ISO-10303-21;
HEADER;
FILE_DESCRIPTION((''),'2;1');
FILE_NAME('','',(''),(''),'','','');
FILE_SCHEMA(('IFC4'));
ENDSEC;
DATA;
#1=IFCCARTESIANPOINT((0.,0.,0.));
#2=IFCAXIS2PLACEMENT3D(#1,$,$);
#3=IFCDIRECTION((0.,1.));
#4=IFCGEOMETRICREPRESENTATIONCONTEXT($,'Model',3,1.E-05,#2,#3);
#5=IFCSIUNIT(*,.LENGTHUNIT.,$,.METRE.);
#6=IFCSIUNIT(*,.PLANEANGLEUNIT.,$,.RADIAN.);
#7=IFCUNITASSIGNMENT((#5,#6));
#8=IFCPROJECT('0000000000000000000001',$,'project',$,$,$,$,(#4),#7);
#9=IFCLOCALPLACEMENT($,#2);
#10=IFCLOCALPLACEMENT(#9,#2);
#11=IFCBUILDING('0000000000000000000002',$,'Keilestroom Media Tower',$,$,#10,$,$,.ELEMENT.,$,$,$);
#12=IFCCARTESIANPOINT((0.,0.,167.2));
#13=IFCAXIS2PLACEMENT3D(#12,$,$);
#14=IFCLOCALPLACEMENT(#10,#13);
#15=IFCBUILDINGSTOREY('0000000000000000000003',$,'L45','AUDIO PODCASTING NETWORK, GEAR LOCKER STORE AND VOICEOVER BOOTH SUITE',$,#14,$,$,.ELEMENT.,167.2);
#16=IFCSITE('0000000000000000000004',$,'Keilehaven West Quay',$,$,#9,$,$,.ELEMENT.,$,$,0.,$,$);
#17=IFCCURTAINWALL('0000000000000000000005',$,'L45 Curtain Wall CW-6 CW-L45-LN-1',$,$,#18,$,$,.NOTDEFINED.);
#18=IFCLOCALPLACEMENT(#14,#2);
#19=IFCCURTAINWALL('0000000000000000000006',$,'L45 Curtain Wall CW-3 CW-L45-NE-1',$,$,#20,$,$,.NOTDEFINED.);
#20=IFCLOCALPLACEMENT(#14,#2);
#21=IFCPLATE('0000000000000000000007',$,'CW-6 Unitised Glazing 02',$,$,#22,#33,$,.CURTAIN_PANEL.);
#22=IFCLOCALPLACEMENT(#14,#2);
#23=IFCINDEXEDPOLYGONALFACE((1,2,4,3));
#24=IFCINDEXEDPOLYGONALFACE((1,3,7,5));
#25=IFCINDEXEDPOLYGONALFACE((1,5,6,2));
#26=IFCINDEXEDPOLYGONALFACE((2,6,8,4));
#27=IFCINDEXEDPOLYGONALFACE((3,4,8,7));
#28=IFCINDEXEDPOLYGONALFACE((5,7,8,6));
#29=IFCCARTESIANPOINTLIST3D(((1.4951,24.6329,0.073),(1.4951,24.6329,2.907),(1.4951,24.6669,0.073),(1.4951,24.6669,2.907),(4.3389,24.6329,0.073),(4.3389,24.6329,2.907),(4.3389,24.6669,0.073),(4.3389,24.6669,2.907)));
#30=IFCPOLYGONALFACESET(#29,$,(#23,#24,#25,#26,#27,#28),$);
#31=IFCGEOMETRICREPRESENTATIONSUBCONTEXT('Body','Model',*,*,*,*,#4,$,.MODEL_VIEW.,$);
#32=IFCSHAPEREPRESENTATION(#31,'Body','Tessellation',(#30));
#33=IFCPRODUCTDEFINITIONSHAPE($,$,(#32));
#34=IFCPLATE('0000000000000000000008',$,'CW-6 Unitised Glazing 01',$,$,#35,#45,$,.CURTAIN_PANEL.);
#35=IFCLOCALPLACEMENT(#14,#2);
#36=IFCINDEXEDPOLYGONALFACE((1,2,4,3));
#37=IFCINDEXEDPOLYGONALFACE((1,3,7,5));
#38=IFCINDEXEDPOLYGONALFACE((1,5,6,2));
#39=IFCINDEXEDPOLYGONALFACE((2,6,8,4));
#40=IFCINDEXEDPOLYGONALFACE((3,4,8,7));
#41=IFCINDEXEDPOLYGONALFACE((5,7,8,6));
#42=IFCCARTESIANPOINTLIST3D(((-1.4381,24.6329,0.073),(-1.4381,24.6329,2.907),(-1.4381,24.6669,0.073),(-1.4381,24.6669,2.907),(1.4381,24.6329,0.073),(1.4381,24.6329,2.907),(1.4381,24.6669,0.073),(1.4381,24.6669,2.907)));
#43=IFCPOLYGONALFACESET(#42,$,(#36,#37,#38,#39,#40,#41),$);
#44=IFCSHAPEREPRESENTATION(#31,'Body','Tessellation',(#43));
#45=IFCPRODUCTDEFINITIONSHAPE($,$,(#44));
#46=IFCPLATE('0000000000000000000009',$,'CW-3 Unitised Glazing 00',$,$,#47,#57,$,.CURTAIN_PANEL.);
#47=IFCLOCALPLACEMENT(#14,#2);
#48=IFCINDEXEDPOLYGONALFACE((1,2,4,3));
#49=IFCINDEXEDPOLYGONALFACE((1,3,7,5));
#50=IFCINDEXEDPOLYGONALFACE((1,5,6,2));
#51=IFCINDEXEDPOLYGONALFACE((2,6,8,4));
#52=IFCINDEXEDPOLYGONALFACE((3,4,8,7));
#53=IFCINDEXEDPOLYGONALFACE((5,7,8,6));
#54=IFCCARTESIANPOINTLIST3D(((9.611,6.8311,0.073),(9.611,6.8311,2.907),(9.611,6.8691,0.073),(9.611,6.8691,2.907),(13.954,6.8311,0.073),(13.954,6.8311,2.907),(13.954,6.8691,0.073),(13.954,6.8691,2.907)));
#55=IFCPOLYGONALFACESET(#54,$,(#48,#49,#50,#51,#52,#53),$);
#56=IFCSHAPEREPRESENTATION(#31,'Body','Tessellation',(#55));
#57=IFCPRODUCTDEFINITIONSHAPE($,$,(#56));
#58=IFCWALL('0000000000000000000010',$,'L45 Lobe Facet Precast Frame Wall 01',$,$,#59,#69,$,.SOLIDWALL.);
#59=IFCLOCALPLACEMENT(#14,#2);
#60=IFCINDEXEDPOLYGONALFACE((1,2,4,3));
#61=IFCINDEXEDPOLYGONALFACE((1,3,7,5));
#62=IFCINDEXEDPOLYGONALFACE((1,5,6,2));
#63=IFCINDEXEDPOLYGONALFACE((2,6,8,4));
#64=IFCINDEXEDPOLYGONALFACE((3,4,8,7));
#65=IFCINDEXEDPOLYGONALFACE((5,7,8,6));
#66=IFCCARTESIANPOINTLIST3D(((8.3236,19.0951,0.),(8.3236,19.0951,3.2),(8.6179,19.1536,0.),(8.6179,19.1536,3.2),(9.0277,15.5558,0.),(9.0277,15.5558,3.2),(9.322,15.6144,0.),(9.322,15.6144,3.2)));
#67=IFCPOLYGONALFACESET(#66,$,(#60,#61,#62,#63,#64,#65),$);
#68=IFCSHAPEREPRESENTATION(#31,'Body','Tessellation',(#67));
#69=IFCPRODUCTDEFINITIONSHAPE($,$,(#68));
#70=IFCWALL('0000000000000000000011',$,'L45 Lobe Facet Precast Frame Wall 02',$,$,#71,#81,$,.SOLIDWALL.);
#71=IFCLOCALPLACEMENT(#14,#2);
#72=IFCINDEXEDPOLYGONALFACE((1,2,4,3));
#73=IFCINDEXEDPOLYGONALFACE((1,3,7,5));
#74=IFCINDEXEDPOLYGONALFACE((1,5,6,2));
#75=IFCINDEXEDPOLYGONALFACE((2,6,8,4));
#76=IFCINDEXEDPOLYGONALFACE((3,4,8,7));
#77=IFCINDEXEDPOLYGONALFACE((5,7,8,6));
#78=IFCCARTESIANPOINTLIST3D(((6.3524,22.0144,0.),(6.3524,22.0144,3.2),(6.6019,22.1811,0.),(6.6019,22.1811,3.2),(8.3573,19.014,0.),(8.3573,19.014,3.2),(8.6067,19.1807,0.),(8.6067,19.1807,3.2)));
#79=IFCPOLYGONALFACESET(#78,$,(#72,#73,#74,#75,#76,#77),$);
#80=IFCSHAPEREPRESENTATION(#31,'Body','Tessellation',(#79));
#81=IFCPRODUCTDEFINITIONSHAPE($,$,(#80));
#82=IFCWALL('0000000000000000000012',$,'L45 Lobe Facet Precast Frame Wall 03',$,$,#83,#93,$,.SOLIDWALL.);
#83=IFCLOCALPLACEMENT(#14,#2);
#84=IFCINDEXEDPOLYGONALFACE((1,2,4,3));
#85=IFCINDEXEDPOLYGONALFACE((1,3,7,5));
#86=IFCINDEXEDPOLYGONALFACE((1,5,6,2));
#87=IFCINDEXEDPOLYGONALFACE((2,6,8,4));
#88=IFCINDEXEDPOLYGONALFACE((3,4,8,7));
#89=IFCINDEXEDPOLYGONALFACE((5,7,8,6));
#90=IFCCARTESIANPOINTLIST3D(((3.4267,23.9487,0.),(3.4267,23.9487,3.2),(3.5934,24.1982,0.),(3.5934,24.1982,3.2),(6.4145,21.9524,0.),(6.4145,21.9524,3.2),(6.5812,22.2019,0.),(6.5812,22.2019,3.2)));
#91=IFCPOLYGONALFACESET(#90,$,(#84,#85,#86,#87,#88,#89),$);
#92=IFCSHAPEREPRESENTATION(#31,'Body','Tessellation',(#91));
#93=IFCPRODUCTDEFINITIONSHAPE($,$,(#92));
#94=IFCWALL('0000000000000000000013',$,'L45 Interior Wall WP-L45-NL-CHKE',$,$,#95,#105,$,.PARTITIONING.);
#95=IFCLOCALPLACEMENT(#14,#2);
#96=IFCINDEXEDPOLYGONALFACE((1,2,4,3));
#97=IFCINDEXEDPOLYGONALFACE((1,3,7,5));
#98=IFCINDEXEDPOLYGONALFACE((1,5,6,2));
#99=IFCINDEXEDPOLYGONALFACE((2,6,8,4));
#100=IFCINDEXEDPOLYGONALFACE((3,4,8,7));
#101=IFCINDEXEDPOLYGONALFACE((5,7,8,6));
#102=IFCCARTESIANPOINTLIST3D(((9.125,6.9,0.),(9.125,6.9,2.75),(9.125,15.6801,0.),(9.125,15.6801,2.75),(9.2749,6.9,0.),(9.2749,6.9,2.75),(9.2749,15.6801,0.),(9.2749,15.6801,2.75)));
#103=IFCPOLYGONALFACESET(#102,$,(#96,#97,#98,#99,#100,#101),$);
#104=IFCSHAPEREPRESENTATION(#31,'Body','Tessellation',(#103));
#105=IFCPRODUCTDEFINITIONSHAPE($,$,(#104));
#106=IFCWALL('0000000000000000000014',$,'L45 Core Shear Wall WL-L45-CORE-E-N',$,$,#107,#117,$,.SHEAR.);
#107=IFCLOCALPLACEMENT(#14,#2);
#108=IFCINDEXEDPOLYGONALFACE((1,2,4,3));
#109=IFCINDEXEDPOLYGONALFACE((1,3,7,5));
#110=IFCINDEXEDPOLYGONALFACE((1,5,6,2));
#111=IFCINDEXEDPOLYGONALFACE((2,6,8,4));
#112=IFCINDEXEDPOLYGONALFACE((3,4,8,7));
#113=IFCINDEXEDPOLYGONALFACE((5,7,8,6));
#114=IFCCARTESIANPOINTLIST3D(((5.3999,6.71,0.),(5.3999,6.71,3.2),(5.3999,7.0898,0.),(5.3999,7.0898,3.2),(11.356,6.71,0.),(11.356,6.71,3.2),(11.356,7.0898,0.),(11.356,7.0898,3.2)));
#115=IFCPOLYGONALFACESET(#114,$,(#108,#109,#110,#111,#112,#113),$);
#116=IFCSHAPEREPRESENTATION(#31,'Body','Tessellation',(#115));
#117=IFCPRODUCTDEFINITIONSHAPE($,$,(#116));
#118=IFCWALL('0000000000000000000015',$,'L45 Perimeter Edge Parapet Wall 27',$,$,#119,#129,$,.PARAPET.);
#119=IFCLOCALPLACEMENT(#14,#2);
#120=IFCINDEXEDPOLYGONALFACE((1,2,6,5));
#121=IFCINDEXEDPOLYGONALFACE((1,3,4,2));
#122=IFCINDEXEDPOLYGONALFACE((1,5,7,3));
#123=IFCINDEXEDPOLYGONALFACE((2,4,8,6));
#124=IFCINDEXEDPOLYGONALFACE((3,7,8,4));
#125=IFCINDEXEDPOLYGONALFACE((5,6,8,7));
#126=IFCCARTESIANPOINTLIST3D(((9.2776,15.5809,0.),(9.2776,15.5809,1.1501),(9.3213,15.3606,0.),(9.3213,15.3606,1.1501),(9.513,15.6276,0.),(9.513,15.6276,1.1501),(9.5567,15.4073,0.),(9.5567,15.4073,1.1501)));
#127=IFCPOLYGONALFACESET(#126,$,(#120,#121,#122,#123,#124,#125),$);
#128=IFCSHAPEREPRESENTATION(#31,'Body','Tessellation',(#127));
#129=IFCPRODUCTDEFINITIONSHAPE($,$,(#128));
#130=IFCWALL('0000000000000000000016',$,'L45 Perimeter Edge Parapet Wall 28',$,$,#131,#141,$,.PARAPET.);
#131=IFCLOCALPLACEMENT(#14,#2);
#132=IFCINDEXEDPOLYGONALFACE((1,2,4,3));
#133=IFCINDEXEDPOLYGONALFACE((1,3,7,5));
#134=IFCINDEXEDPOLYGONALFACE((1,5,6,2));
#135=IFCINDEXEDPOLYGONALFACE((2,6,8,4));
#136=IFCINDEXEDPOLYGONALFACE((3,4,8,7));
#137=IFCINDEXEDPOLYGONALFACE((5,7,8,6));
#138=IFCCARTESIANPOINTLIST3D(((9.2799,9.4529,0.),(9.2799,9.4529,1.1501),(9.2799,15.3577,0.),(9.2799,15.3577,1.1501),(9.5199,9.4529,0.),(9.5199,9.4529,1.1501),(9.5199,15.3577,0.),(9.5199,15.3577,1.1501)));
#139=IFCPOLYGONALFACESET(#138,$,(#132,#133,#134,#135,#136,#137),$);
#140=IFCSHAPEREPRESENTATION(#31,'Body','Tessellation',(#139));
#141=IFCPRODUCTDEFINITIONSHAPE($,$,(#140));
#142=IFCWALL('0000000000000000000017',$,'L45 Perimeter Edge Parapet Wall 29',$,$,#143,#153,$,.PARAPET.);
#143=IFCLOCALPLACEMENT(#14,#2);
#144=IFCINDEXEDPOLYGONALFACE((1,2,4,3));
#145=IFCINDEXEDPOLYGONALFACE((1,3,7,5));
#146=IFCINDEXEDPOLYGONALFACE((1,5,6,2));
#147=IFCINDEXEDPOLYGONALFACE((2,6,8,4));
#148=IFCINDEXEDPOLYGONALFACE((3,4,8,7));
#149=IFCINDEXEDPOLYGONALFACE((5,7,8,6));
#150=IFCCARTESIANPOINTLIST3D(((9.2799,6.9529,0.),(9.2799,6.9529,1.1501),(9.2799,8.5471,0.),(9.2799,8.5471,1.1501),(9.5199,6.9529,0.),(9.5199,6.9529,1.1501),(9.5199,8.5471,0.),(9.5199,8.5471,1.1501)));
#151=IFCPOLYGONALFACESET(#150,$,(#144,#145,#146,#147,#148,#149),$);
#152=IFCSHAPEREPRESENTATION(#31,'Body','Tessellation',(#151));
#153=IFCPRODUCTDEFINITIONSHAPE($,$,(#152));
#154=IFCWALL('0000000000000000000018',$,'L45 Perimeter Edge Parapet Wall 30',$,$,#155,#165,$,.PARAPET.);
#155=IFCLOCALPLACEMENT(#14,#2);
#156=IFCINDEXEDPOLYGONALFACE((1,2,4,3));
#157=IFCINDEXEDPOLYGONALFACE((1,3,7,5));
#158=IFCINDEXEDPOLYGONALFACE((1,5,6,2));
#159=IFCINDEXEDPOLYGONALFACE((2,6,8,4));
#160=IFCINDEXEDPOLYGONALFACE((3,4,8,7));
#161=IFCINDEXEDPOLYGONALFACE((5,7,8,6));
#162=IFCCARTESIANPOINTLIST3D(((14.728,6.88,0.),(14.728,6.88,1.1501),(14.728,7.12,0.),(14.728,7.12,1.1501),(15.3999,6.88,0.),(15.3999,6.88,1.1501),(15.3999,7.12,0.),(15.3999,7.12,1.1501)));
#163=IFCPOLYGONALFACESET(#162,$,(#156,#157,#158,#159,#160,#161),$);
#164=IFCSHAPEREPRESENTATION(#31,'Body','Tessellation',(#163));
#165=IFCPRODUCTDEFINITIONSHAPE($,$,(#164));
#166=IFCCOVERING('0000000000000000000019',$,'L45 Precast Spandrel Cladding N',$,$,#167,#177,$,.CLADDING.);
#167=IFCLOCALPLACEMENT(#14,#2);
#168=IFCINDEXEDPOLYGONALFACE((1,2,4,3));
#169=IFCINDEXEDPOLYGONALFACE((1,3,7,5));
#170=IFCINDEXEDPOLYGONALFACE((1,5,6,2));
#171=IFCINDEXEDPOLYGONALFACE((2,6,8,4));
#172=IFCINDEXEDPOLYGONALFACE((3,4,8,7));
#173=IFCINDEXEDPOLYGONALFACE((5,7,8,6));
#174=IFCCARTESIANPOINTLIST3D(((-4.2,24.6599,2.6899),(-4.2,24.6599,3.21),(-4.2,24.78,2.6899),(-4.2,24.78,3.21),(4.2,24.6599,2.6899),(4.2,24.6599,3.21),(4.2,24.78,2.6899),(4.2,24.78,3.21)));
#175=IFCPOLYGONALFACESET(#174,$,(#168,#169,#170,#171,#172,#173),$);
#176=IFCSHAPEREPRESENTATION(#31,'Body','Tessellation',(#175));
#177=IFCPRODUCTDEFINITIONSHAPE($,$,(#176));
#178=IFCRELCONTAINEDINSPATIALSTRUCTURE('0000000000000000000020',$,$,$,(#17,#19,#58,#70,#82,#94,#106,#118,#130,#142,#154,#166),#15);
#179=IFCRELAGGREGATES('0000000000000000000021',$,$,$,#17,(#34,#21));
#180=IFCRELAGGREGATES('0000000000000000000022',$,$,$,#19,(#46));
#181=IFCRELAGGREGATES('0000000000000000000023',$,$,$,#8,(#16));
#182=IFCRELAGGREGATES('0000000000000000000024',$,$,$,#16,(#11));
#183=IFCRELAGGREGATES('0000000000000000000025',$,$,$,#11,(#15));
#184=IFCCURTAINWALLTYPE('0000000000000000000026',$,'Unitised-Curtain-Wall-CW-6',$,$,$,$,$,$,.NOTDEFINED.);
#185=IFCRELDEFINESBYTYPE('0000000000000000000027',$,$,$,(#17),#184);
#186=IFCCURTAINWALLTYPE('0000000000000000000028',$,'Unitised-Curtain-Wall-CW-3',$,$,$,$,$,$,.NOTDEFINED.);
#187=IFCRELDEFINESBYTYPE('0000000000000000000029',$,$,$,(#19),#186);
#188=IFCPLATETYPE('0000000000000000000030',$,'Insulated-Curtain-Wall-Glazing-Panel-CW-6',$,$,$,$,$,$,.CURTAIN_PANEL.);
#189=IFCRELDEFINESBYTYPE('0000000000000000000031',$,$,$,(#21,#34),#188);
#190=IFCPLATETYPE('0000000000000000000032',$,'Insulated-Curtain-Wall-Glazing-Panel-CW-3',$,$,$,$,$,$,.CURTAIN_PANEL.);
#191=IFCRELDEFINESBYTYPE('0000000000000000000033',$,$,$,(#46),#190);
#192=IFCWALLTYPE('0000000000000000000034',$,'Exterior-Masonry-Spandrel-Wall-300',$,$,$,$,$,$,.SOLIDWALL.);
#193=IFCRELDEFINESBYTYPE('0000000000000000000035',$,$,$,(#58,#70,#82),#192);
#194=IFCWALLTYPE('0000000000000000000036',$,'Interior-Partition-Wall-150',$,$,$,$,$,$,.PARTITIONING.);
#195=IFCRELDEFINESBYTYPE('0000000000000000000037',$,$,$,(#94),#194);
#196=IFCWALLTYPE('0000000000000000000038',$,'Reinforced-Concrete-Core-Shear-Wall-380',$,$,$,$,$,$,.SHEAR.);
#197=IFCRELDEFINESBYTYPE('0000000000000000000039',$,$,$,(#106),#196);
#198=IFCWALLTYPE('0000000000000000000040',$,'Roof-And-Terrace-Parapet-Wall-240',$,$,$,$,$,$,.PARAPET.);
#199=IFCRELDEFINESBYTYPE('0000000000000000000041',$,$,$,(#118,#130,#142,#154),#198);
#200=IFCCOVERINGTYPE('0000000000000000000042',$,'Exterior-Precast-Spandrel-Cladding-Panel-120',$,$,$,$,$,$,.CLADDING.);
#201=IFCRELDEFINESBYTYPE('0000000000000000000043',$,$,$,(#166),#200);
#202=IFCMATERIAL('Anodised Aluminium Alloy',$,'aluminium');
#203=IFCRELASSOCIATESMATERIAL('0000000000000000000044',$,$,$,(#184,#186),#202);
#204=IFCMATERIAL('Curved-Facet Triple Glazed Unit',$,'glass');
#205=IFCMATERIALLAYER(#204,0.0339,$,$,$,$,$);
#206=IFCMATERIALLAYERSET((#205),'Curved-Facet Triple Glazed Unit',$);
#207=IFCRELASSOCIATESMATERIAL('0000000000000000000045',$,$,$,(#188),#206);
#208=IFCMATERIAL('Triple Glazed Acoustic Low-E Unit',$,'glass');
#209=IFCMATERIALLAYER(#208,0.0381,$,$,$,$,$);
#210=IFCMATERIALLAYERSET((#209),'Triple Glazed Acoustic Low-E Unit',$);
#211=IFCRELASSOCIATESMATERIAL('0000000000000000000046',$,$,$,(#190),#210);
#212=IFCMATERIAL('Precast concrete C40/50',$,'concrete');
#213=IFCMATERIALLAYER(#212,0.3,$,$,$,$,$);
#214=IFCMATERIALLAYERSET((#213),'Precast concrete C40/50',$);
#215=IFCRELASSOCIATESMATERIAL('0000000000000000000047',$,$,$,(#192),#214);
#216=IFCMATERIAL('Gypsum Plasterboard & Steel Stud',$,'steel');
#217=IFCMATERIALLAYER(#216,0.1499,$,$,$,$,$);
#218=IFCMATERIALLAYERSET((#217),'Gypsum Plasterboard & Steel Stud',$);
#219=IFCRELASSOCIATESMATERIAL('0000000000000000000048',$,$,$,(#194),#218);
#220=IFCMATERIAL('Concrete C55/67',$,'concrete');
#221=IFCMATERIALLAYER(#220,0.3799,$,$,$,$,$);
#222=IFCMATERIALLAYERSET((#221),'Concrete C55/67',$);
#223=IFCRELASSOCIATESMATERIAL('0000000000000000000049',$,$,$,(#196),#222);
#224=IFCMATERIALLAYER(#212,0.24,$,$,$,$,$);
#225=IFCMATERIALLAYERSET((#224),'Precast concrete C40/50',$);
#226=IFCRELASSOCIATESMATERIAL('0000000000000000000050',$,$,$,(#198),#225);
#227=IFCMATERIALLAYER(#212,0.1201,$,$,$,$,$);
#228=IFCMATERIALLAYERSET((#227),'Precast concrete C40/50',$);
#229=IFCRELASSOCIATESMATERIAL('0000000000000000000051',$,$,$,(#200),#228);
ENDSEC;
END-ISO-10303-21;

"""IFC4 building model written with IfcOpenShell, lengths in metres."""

from ifc_helpers import new_model, si_unit, direction, frame, frame_2d, origin, origin_2d, place, context, subcontext, project, spatial, rectangle, extrude, source, transform, mapped, material, layer, layer_set, type_object, element, aggregate, save


model = new_model("IFC4")

# Units and contexts
model_context = context("Model", 3, precision=1e-05, world=origin(), true_north=direction((0.0, 1.0)))
body_context = subcontext(model_context, "Body", "Model", "MODEL_VIEW")
ifc_project = project(units=[si_unit("LENGTHUNIT", "METRE"), si_unit("PLANEANGLEUNIT", "RADIAN")], contexts=[model_context])

# Site, building, storey
site_placement = place(None, origin())
site = spatial("IfcSite", under=ifc_project, at=site_placement, Name="Keilehaven West Quay", CompositionType="ELEMENT", RefElevation=0.0)
building_placement = place(site_placement, origin())
building = spatial("IfcBuilding", under=site, at=building_placement, Name="Keilestroom Media Tower", CompositionType="ELEMENT")
storey_placement = place(building_placement, frame((0.0, 0.0, 167.2)))
storey = spatial("IfcBuildingStorey", under=building, at=storey_placement, Name="L45", Description="AUDIO PODCASTING NETWORK, GEAR LOCKER STORE AND VOICEOVER BOOTH SUITE", CompositionType="ELEMENT", Elevation=167.2)

# Shared definitions
ifc_material_1 = material(Name="Precast concrete C40/50", Category="concrete")
ifc_material_2 = material(Name="Concrete C55/67", Category="concrete")

# Curtain walls
ifc_material_3 = material(Name="Anodised Aluminium Alloy", Category="aluminium")
curtain_wall_type_1 = type_object("IfcCurtainWallType", Name="Unitised-Curtain-Wall-CW-6", PredefinedType="NOTDEFINED", material=ifc_material_3)
curtain_wall_1_placement = place(storey_placement, origin())
curtain_wall_1 = element("IfcCurtainWall", 1, at=curtain_wall_1_placement, inside=storey, type_object=curtain_wall_type_1, Name="L45 Curtain Wall CW-6 CW-L45-LN-1", PredefinedType="NOTDEFINED")
curtain_wall_type_2 = type_object("IfcCurtainWallType", Name="Unitised-Curtain-Wall-CW-3", PredefinedType="NOTDEFINED", material=ifc_material_3)
curtain_wall_2_placement = place(storey_placement, origin())
curtain_wall_2 = element("IfcCurtainWall", 2, at=curtain_wall_2_placement, inside=storey, type_object=curtain_wall_type_2, Name="L45 Curtain Wall CW-3 CW-L45-NE-1", PredefinedType="NOTDEFINED")

# Plates
ifc_material_4 = material(Name="Curved-Facet Triple Glazed Unit", Category="glass")
ifc_layer_1 = layer(ifc_material_4, 0.0339)
ifc_layer_set_1 = layer_set([ifc_layer_1], Name="Curved-Facet Triple Glazed Unit")
plate_type_1 = type_object("IfcPlateType", Name="Insulated-Curtain-Wall-Glazing-Panel-CW-6", PredefinedType="CURTAIN_PANEL", material=ifc_layer_set_1)
shared_shape_1 = source(origin(), body_context, "Body", "SweptSolid", [
    extrude(rectangle(XDim=2.8438, YDim=0.0339, at=origin_2d()), origin(), (0.0, 0.0, 1.0), 2.834),
])
plate_1_placement = place(storey_placement, frame((2.917, 24.6499, 0.073), z_axis=(0.0, 0.0, 1.0), x_axis=(1.0, 0.0, 0.0)))
plate_1 = element("IfcPlate", 3, at=plate_1_placement, type_object=plate_type_1, Name="CW-6 Unitised Glazing 02", PredefinedType="CURTAIN_PANEL", context=body_context, shape_type="MappedRepresentation", body=[
    mapped(shared_shape_1, transform((0.0, 0.0, 0.0), x_axis=(1.0, 0.0, 0.0), y_axis=(0.0, 1.0, 0.0), z_axis=(0.0, 0.0, 1.0), scale=1.0)),
])
shared_shape_2 = source(origin(), body_context, "Body", "SweptSolid", [
    extrude(rectangle(XDim=2.8762, YDim=0.0339, at=origin_2d()), origin(), (0.0, 0.0, 1.0), 2.834),
])
plate_2_placement = place(storey_placement, frame((0.0, 24.6499, 0.073), z_axis=(0.0, 0.0, 1.0), x_axis=(1.0, 0.0, 0.0)))
plate_2 = element("IfcPlate", 4, at=plate_2_placement, type_object=plate_type_1, Name="CW-6 Unitised Glazing 01", PredefinedType="CURTAIN_PANEL", context=body_context, shape_type="MappedRepresentation", body=[
    mapped(shared_shape_2, transform((0.0, 0.0, 0.0), x_axis=(1.0, 0.0, 0.0), y_axis=(0.0, 1.0, 0.0), z_axis=(0.0, 0.0, 1.0), scale=1.0)),
])
aggregate(curtain_wall_1, [plate_2, plate_1])
ifc_material_5 = material(Name="Triple Glazed Acoustic Low-E Unit", Category="glass")
ifc_layer_2 = layer(ifc_material_5, 0.0381)
ifc_layer_set_2 = layer_set([ifc_layer_2], Name="Triple Glazed Acoustic Low-E Unit")
plate_type_2 = type_object("IfcPlateType", Name="Insulated-Curtain-Wall-Glazing-Panel-CW-3", PredefinedType="CURTAIN_PANEL", material=ifc_layer_set_2)
shared_shape_3 = source(origin(), body_context, "Body", "SweptSolid", [
    extrude(rectangle(XDim=4.343, YDim=0.0381, at=origin_2d()), origin(), (0.0, 0.0, 1.0), 2.834),
])
plate_3_placement = place(storey_placement, frame((11.7825, 6.8501, 0.073), z_axis=(0.0, 0.0, 1.0), x_axis=(1.0, 0.0, 0.0)))
plate_3 = element("IfcPlate", 5, at=plate_3_placement, type_object=plate_type_2, Name="CW-3 Unitised Glazing 00", PredefinedType="CURTAIN_PANEL", context=body_context, shape_type="MappedRepresentation", body=[
    mapped(shared_shape_3, transform((0.0, 0.0, 0.0), x_axis=(1.0, 0.0, 0.0), y_axis=(0.0, 1.0, 0.0), z_axis=(0.0, 0.0, 1.0), scale=1.0)),
])
aggregate(curtain_wall_2, [plate_3])

# Walls
ifc_layer_3 = layer(ifc_material_1, 0.3)
ifc_layer_set_3 = layer_set([ifc_layer_3], Name="Precast concrete C40/50")
wall_type_1 = type_object("IfcWallType", Name="Exterior-Masonry-Spandrel-Wall-300", PredefinedType="SOLIDWALL", material=ifc_layer_set_3)
for number, where, z_axis, x_axis, name in (
    (6, (9.1748, 15.5852, 0.0), (0.0, 0.0, 1.0), (-0.195114, 0.980781, 0.0), "L45 Lobe Facet Precast Frame Wall 01"),
    (7, (8.4819, 19.0974, 0.0), (0.0, 0.0, 1.0), (-0.555574, 0.831467, 0.0), "L45 Lobe Facet Precast Frame Wall 02"),
):
    element("IfcWall", number, at=place(storey_placement, frame(where, z_axis=z_axis, x_axis=x_axis)), inside=storey, type_object=wall_type_1, Name=name, PredefinedType="SOLIDWALL", context=body_context, shape_type="SweptSolid", body=[
        extrude(rectangle(XDim=3.6086, YDim=0.3, at=frame_2d((1.8042, 0.0))), origin(), (0.0, 0.0, 1.0), 3.2),
    ])
wall_1_placement = place(storey_placement, frame((6.4978, 22.0771, 0.0), z_axis=(0.0, 0.0, 1.0), x_axis=(-0.831475, 0.555562, 0.0)))
element("IfcWall", 8, at=wall_1_placement, inside=storey, type_object=wall_type_1, Name="L45 Lobe Facet Precast Frame Wall 03", PredefinedType="SOLIDWALL", context=body_context, shape_type="SweptSolid", body=[
    extrude(rectangle(XDim=3.5933, YDim=0.3, at=frame_2d((1.7966, 0.0))), origin(), (0.0, 0.0, 1.0), 3.2),
])
ifc_material_6 = material(Name="Gypsum Plasterboard & Steel Stud", Category="steel")
ifc_layer_4 = layer(ifc_material_6, 0.1499)
ifc_layer_set_4 = layer_set([ifc_layer_4], Name="Gypsum Plasterboard & Steel Stud")
wall_type_2 = type_object("IfcWallType", Name="Interior-Partition-Wall-150", PredefinedType="PARTITIONING", material=ifc_layer_set_4)
wall_2_placement = place(storey_placement, frame((9.2, 6.8999, 0.0), z_axis=(0.0, 0.0, 1.0), x_axis=(0.0, 1.0, 0.0)))
element("IfcWall", 9, at=wall_2_placement, inside=storey, type_object=wall_type_2, Name="L45 Interior Wall WP-L45-NL-CHKE", PredefinedType="PARTITIONING", context=body_context, shape_type="SweptSolid", body=[
    extrude(rectangle(XDim=8.78, YDim=0.1499, at=frame_2d((4.3901, 0.0))), origin(), (0.0, 0.0, 1.0), 2.75),
])
ifc_layer_5 = layer(ifc_material_2, 0.3799)
ifc_layer_set_5 = layer_set([ifc_layer_5], Name="Concrete C55/67")
wall_type_3 = type_object("IfcWallType", Name="Reinforced-Concrete-Core-Shear-Wall-380", PredefinedType="SHEAR", material=ifc_layer_set_5)
wall_3_placement = place(storey_placement, frame((5.3999, 6.8999, 0.0), z_axis=(0.0, 0.0, 1.0), x_axis=(1.0, 0.0, 0.0)))
element("IfcWall", 10, at=wall_3_placement, inside=storey, type_object=wall_type_3, Name="L45 Core Shear Wall WL-L45-CORE-E-N", PredefinedType="SHEAR", context=body_context, shape_type="SweptSolid", body=[
    extrude(rectangle(XDim=5.9561, YDim=0.3799, at=frame_2d((2.978, 0.0))), origin(), (0.0, 0.0, 1.0), 3.2),
])
ifc_layer_6 = layer(ifc_material_1, 0.24)
ifc_layer_set_6 = layer_set([ifc_layer_6], Name="Precast concrete C40/50")
wall_type_4 = type_object("IfcWallType", Name="Roof-And-Terrace-Parapet-Wall-240", PredefinedType="PARAPET", material=ifc_layer_set_6)
wall_4_placement = place(storey_placement, frame((9.3953, 15.6042, 0.0), z_axis=(0.0, 0.0, 1.0), x_axis=(0.194652, -0.980872, 0.0)))
element("IfcWall", 11, at=wall_4_placement, inside=storey, type_object=wall_type_4, Name="L45 Perimeter Edge Parapet Wall 27", PredefinedType="PARAPET", context=body_context, shape_type="SweptSolid", body=[
    extrude(rectangle(XDim=0.2246, YDim=0.24, at=frame_2d((0.1123, 0.0))), origin(), (0.0, 0.0, 1.0), 1.1501),
])
wall_5_placement = place(storey_placement, frame((9.3999, 15.3577, 0.0), z_axis=(0.0, 0.0, 1.0), x_axis=(0.0, -1.0, 0.0)))
element("IfcWall", 12, at=wall_5_placement, inside=storey, type_object=wall_type_4, Name="L45 Perimeter Edge Parapet Wall 28", PredefinedType="PARAPET", context=body_context, shape_type="SweptSolid", body=[
    extrude(rectangle(XDim=5.9048, YDim=0.24, at=frame_2d((2.9524, 0.0))), origin(), (0.0, 0.0, 1.0), 1.1501),
])
wall_6_placement = place(storey_placement, frame((9.3999, 8.5471, 0.0), z_axis=(0.0, 0.0, 1.0), x_axis=(0.0, -1.0, 0.0)))
element("IfcWall", 13, at=wall_6_placement, inside=storey, type_object=wall_type_4, Name="L45 Perimeter Edge Parapet Wall 29", PredefinedType="PARAPET", context=body_context, shape_type="SweptSolid", body=[
    extrude(rectangle(XDim=1.5942, YDim=0.24, at=frame_2d((0.7971, 0.0))), origin(), (0.0, 0.0, 1.0), 1.1501),
])
wall_7_placement = place(storey_placement, frame((14.728, 7.0, 0.0), z_axis=(0.0, 0.0, 1.0), x_axis=(1.0, 0.0, 0.0)))
element("IfcWall", 14, at=wall_7_placement, inside=storey, type_object=wall_type_4, Name="L45 Perimeter Edge Parapet Wall 30", PredefinedType="PARAPET", context=body_context, shape_type="SweptSolid", body=[
    extrude(rectangle(XDim=0.6719, YDim=0.24, at=frame_2d((0.3359, 0.0))), origin(), (0.0, 0.0, 1.0), 1.1501),
])

# Covering
ifc_layer_7 = layer(ifc_material_1, 0.1201)
ifc_layer_set_7 = layer_set([ifc_layer_7], Name="Precast concrete C40/50")
covering_type = type_object("IfcCoveringType", Name="Exterior-Precast-Spandrel-Cladding-Panel-120", PredefinedType="CLADDING", material=ifc_layer_set_7)
shared_shape_4 = source(origin(), body_context, "Body", "SweptSolid", [
    extrude(rectangle(XDim=8.3999, YDim=0.1201, at=origin_2d()), origin(), (0.0, 0.0, 1.0), 0.52),
])
covering_1_placement = place(storey_placement, frame((0.0, 24.72, 2.6899), z_axis=(0.0, 0.0, 1.0), x_axis=(1.0, 0.0, 0.0)))
element("IfcCovering", 15, at=covering_1_placement, inside=storey, type_object=covering_type, Name="L45 Precast Spandrel Cladding N", PredefinedType="CLADDING", context=body_context, shape_type="MappedRepresentation", body=[
    mapped(shared_shape_4, transform((0.0, 0.0, 0.0), x_axis=(1.0, 0.0, 0.0), y_axis=(0.0, 1.0, 0.0), z_axis=(0.0, 0.0, 1.0), scale=1.0)),
])

save(model, "model.ifc")
